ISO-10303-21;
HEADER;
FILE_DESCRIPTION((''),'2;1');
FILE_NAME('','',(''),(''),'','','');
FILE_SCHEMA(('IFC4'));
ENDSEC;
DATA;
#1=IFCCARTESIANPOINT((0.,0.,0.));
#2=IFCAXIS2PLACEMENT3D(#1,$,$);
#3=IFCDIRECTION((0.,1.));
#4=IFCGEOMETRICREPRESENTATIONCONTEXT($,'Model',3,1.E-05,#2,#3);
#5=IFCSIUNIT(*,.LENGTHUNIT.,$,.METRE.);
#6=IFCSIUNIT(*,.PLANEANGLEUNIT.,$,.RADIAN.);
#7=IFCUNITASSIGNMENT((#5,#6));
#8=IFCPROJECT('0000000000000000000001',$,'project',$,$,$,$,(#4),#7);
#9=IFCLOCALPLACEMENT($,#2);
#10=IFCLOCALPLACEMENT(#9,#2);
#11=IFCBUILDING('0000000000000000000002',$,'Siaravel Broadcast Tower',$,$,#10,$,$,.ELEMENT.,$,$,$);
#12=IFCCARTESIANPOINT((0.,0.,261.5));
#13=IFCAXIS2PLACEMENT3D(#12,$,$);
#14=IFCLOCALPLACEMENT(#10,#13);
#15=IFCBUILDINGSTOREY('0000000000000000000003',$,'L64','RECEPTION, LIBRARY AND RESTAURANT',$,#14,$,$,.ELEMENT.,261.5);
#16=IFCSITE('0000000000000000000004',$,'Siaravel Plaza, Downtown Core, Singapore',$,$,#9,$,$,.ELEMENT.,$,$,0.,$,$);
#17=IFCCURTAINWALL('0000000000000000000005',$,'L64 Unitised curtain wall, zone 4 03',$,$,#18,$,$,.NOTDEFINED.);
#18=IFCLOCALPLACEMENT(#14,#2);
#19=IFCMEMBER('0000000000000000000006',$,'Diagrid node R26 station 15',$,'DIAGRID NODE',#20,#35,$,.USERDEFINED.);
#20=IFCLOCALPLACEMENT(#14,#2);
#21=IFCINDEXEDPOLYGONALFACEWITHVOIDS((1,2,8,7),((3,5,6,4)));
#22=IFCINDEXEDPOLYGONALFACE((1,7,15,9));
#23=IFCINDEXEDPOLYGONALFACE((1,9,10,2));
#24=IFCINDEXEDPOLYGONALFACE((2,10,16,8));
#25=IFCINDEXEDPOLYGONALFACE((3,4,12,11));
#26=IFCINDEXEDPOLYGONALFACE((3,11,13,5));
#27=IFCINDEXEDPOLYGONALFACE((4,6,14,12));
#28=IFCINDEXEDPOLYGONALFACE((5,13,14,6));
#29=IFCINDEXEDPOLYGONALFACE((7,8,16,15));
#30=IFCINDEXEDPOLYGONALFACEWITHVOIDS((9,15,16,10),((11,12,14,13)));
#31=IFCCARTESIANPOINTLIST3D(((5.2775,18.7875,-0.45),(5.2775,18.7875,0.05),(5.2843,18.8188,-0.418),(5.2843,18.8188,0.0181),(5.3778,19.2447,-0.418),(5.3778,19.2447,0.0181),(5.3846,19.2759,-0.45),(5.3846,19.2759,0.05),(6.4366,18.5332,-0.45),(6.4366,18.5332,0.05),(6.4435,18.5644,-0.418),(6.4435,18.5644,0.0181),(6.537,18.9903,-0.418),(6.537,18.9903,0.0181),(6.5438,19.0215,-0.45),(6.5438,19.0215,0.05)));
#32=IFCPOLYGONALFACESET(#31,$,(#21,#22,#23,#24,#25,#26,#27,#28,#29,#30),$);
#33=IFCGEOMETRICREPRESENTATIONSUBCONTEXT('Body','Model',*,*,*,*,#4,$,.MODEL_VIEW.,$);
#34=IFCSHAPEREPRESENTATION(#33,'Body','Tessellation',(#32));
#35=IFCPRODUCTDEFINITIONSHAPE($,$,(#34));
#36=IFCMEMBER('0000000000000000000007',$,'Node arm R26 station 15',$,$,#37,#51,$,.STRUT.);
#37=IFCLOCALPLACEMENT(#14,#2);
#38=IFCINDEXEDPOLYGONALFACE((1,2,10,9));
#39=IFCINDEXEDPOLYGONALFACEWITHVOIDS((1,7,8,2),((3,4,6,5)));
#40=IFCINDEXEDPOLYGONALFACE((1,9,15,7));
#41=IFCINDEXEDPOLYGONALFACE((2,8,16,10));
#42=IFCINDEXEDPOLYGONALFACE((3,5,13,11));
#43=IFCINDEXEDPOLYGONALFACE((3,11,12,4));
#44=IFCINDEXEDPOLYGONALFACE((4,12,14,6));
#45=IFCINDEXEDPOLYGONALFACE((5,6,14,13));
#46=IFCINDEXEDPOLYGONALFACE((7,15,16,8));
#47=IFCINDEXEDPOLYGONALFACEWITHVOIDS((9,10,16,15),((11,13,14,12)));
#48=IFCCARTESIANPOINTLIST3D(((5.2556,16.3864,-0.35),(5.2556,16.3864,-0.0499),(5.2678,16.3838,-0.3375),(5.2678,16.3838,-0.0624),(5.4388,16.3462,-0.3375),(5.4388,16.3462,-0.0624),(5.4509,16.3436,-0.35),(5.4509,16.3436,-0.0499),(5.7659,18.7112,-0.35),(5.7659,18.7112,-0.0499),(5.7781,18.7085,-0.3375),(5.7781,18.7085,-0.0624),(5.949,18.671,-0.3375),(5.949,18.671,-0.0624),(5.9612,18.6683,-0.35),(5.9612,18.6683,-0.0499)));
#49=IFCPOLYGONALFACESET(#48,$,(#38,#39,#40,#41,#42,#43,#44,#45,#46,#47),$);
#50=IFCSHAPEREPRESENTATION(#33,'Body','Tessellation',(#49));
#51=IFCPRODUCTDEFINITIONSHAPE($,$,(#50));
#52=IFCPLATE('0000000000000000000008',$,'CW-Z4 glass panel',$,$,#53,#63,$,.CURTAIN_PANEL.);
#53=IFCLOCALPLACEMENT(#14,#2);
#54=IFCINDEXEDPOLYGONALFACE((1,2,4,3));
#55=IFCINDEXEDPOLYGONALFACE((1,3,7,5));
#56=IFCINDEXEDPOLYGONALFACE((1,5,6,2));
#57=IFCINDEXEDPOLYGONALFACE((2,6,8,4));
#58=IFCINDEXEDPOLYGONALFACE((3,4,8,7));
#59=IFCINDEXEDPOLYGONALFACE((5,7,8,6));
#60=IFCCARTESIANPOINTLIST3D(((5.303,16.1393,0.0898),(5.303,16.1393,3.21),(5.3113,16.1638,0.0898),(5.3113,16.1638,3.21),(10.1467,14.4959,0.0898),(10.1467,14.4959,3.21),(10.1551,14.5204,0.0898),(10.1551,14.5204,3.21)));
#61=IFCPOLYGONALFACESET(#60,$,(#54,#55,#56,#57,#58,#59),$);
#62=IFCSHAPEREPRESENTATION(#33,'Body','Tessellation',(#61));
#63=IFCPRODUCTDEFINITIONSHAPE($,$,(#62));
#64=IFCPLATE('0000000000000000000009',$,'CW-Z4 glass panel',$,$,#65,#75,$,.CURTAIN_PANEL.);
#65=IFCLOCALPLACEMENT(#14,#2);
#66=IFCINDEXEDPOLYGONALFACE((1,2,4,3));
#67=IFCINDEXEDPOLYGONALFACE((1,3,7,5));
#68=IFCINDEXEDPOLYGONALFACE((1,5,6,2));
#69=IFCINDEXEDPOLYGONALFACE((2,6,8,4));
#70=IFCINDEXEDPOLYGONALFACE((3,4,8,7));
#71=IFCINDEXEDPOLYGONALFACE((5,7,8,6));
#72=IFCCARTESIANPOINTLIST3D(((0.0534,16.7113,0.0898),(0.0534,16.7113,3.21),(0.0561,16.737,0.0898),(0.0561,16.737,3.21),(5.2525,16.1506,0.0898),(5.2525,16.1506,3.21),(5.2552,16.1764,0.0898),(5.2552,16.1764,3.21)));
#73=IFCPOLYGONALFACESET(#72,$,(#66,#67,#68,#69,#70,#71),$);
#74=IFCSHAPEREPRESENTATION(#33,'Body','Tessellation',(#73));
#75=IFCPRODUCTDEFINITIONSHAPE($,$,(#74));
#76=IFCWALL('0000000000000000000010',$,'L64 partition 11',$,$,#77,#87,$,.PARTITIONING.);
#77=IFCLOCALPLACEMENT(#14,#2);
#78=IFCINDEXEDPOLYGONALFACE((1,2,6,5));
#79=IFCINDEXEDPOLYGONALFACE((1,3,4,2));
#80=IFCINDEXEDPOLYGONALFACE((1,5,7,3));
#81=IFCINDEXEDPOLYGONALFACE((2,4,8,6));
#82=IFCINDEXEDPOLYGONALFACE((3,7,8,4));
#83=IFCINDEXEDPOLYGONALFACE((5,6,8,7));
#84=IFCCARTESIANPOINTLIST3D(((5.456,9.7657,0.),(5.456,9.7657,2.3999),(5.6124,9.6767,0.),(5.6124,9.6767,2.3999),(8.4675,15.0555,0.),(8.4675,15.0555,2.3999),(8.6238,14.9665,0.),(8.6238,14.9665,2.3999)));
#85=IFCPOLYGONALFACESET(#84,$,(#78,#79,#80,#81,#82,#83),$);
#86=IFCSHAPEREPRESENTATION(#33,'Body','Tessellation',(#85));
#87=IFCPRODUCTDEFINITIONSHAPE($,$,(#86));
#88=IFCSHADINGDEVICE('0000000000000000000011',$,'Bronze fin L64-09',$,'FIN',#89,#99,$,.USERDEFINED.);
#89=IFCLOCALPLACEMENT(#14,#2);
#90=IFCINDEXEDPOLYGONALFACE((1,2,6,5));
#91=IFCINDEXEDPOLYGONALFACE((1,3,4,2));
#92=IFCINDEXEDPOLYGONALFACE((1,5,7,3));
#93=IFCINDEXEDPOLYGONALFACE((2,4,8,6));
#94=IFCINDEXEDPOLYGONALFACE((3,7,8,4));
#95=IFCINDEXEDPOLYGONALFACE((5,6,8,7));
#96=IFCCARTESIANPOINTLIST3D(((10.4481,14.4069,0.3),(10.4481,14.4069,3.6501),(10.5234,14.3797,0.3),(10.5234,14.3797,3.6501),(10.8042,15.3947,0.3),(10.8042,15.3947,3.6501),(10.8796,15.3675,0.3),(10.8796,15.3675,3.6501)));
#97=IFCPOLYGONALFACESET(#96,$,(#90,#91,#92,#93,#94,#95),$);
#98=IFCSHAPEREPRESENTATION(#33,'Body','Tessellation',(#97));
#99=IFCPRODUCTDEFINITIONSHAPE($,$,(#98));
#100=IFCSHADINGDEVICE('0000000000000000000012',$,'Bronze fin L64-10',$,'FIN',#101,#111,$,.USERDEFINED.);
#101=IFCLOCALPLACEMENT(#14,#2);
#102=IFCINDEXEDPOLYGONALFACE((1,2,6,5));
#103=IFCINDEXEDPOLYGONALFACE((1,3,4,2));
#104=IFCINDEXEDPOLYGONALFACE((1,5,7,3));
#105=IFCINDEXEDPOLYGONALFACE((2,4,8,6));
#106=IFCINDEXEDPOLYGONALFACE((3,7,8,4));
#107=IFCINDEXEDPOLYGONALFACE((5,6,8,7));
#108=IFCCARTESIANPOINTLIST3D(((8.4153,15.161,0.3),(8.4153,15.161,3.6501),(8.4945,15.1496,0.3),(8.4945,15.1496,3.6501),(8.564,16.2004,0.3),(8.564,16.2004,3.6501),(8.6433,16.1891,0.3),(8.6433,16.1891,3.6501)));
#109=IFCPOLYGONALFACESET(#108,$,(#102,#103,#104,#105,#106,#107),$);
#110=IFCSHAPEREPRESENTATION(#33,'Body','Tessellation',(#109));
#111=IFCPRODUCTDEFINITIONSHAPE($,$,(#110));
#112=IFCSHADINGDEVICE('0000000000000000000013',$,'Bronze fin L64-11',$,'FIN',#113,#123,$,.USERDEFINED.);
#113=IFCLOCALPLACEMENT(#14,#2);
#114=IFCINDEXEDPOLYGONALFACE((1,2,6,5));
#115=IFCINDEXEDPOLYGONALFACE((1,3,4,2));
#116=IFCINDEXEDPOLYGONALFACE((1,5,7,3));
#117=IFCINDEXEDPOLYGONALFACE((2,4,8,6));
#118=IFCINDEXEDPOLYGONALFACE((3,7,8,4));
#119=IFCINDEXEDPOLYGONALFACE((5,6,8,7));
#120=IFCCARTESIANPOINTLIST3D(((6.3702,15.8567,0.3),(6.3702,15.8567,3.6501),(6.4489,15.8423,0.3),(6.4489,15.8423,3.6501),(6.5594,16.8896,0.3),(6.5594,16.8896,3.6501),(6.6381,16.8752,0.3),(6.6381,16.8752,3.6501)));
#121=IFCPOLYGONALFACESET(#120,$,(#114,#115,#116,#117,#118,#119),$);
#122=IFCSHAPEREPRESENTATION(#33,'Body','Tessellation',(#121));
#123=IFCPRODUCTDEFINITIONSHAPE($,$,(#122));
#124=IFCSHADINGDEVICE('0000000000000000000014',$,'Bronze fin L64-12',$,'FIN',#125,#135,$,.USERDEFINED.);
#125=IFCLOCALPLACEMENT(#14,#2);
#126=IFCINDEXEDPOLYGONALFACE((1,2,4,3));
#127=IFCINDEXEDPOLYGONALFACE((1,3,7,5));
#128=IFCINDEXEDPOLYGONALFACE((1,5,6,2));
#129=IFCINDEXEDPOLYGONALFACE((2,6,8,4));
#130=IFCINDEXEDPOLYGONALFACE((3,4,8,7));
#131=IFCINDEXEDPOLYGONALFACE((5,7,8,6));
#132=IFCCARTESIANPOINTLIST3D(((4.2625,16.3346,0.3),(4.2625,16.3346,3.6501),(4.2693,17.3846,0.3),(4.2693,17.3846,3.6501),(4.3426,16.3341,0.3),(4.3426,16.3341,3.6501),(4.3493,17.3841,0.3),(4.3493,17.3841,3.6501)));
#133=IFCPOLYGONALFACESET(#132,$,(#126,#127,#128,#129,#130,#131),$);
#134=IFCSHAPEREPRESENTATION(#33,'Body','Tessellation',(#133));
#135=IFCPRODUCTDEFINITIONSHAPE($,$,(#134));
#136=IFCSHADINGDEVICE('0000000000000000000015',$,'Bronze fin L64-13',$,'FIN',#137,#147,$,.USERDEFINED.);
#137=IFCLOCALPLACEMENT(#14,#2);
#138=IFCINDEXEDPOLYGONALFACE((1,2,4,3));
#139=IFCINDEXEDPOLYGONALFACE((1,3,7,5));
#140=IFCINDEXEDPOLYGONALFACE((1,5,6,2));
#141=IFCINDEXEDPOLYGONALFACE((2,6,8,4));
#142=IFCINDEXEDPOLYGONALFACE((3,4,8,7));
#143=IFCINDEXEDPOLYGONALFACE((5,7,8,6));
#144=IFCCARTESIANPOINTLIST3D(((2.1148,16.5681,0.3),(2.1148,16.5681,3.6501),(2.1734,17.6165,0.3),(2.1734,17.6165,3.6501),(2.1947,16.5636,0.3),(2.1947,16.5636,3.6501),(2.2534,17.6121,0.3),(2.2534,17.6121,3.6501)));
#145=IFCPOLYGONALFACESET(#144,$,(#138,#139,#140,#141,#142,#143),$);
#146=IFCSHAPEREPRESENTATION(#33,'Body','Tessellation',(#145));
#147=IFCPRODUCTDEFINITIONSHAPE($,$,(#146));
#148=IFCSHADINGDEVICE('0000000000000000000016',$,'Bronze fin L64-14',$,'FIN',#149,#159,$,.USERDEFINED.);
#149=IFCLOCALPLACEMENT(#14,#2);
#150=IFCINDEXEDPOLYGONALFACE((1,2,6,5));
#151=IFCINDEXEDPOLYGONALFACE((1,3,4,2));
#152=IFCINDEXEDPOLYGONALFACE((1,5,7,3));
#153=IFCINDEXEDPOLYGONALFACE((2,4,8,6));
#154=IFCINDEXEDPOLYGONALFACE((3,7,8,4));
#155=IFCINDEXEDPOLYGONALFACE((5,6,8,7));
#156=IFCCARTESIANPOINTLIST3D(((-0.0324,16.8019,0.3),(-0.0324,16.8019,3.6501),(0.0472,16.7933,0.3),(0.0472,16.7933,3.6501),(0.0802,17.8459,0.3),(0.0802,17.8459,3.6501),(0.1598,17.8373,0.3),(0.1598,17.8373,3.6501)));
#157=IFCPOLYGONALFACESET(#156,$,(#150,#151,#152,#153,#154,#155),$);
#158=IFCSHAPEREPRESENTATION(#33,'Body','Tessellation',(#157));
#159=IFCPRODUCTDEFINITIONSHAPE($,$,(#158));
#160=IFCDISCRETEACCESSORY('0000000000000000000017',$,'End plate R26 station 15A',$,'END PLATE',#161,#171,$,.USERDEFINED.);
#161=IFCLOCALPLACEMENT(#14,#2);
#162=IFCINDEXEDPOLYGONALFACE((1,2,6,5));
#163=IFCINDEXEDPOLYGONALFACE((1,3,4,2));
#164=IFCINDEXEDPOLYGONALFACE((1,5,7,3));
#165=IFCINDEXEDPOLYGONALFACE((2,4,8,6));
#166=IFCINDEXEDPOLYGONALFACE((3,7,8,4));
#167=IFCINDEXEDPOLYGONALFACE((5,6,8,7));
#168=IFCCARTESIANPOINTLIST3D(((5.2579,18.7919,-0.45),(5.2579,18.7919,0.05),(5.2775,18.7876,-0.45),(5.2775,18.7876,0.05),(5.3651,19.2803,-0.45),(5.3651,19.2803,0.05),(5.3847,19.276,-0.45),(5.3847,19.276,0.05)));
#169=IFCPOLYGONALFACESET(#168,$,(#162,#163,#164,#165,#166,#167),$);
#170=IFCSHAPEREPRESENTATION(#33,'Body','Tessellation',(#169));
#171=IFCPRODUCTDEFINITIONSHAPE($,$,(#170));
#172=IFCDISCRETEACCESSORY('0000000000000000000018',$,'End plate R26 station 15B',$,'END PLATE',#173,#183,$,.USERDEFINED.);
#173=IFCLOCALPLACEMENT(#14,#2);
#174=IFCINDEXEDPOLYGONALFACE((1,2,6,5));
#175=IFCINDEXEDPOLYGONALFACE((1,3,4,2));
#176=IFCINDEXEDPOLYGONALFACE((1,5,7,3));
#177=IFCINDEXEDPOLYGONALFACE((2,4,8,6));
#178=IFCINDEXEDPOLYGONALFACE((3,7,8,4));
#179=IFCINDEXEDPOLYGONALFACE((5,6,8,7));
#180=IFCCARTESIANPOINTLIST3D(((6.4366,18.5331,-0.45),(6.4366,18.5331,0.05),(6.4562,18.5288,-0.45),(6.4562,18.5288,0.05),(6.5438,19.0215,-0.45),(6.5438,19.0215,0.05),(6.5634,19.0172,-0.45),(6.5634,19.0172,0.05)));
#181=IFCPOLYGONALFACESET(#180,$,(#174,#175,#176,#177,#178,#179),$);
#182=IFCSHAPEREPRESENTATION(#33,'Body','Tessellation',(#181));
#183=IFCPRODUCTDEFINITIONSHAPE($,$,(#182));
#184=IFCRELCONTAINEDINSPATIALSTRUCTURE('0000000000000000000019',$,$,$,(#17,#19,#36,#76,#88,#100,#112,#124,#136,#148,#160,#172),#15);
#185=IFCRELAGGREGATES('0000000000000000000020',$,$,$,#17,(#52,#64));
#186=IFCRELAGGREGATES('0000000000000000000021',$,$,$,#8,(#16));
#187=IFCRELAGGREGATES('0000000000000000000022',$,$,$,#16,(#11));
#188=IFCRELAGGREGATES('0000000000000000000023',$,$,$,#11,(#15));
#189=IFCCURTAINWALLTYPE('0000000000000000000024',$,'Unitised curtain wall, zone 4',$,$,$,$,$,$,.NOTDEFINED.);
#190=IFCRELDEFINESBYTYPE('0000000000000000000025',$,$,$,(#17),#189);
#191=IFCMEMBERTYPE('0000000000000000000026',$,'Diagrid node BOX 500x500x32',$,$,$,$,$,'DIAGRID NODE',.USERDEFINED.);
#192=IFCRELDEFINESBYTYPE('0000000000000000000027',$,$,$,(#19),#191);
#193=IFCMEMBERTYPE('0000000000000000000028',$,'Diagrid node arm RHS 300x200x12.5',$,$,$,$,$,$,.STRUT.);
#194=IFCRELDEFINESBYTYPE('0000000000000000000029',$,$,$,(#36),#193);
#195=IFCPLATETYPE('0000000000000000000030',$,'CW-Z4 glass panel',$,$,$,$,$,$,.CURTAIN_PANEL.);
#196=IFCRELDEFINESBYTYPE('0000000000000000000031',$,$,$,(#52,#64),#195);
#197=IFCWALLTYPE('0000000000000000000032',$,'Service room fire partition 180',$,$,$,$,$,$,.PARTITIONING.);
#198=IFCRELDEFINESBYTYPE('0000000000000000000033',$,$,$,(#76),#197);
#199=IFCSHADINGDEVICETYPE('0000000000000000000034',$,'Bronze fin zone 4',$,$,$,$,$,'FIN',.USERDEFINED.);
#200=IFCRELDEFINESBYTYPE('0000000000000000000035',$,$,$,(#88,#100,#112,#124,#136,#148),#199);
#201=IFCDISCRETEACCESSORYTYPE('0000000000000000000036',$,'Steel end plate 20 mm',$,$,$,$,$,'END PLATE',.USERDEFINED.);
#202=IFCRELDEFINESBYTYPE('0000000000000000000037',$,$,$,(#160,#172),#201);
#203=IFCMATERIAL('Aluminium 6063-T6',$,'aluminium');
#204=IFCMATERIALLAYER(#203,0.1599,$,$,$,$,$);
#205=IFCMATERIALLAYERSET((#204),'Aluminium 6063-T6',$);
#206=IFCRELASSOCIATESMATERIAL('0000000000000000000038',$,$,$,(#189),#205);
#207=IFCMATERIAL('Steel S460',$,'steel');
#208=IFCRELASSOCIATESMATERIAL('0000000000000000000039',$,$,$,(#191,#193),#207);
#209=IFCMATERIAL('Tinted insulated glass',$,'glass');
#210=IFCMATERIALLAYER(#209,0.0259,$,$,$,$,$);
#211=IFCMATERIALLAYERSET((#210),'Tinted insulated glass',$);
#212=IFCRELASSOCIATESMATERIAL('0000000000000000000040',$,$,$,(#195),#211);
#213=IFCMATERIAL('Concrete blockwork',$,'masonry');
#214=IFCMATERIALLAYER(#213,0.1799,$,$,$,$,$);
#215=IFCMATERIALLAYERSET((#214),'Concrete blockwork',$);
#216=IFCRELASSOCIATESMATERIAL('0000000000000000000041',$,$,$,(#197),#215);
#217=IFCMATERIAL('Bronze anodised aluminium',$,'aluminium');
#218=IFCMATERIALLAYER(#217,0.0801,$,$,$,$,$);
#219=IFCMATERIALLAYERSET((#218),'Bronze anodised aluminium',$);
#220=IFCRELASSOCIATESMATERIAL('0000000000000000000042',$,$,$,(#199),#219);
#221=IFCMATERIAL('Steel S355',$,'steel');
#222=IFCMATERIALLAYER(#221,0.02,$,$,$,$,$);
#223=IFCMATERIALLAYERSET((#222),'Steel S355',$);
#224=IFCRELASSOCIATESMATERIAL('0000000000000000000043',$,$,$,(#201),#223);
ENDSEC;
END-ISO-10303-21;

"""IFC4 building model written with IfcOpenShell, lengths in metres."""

from ifc_helpers import new_model, si_unit, direction, frame, frame_2d, origin, origin_2d, place, context, subcontext, project, spatial, rectangle, hollow_rectangle, extrude, material, layer, layer_set, material_profile, profile_set, type_object, element, aggregate, save


model = new_model("IFC4")

# Units and contexts
model_context = context("Model", 3, precision=1e-05, world=origin(), true_north=direction((0.0, 1.0)))
body_context = subcontext(model_context, "Body", "Model", "MODEL_VIEW")
ifc_project = project(units=[si_unit("LENGTHUNIT", "METRE"), si_unit("PLANEANGLEUNIT", "RADIAN")], contexts=[model_context])

# Site, building, storey
site_placement = place(None, origin())
site = spatial("IfcSite", under=ifc_project, at=site_placement, Name="Siaravel Plaza, Downtown Core, Singapore", CompositionType="ELEMENT", RefElevation=0.0)
building_placement = place(site_placement, origin())
building = spatial("IfcBuilding", under=site, at=building_placement, Name="Siaravel Broadcast Tower", CompositionType="ELEMENT")
storey_placement = place(building_placement, frame((0.0, 0.0, 261.5)))
storey = spatial("IfcBuildingStorey", under=building, at=storey_placement, Name="L64", Description="RECEPTION, LIBRARY AND RESTAURANT", CompositionType="ELEMENT", Elevation=261.5)

# Shared definitions
ifc_material_1 = material(Name="Steel S355", Category="steel")

# Curtain wall
ifc_material_2 = material(Name="Aluminium 6063-T6", Category="aluminium")
ifc_layer_1 = layer(ifc_material_2, 0.1599)
ifc_layer_set_1 = layer_set([ifc_layer_1], Name="Aluminium 6063-T6")
curtain_wall_type = type_object("IfcCurtainWallType", Name="Unitised curtain wall, zone 4", PredefinedType="NOTDEFINED", material=ifc_layer_set_1)
curtain_wall_placement = place(storey_placement, origin())
curtain_wall = element("IfcCurtainWall", 1, at=curtain_wall_placement, inside=storey, type_object=curtain_wall_type, Name="L64 Unitised curtain wall, zone 4 03", PredefinedType="NOTDEFINED")

# Members
ifc_material_3 = material(Name="Steel S460", Category="steel")
ifc_material_profile_1 = material_profile(ifc_material_3, hollow_rectangle(XDim=0.5, YDim=0.5, WallThickness=0.032, at=origin_2d()))
ifc_profile_set_1 = profile_set([ifc_material_profile_1], Name="Steel S460")
member_type_1 = type_object("IfcMemberType", Name="Diagrid node BOX 500x500x32", ElementType="DIAGRID NODE", PredefinedType="USERDEFINED", material=ifc_profile_set_1)
member_1_placement = place(storey_placement, frame((6.4902, 18.7773, -0.2), z_axis=(-0.976755, 0.214359, 0.0), x_axis=(-0.214359, -0.976755, 0.0)))
element("IfcMember", 2, at=member_1_placement, inside=storey, type_object=member_type_1, Name="Diagrid node R26 station 15", ObjectType="DIAGRID NODE", PredefinedType="USERDEFINED", context=body_context, shape_type="SweptSolid", body=[
    extrude(hollow_rectangle(XDim=0.5, YDim=0.5, WallThickness=0.032, at=origin_2d()), origin(), (0.0, 0.0, 1.0), 1.1868),
])
ifc_material_profile_2 = material_profile(ifc_material_3, hollow_rectangle(XDim=0.2, YDim=0.3, WallThickness=0.0125, at=origin_2d()))
ifc_profile_set_2 = profile_set([ifc_material_profile_2], Name="Steel S460")
member_type_2 = type_object("IfcMemberType", Name="Diagrid node arm RHS 300x200x12.5", PredefinedType="STRUT", material=ifc_profile_set_2)
member_2_placement = place(storey_placement, frame((5.3533, 16.365, -0.2), z_axis=(0.214388, 0.976749, 0.0), x_axis=(-0.976749, 0.214388, 0.0)))
element("IfcMember", 3, at=member_2_placement, inside=storey, type_object=member_type_2, Name="Node arm R26 station 15", PredefinedType="STRUT", context=body_context, shape_type="SweptSolid", body=[
    extrude(hollow_rectangle(XDim=0.2, YDim=0.3, WallThickness=0.0125, at=origin_2d()), origin(), (0.0, 0.0, 1.0), 2.3801),
])

# Plates
ifc_material_4 = material(Name="Tinted insulated glass", Category="glass")
ifc_layer_2 = layer(ifc_material_4, 0.0259)
ifc_layer_set_2 = layer_set([ifc_layer_2], Name="Tinted insulated glass")
plate_type = type_object("IfcPlateType", Name="CW-Z4 glass panel", PredefinedType="CURTAIN_PANEL", material=ifc_layer_set_2)
plate_1_placement = place(storey_placement, frame((7.729, 15.3298, 0.0898), z_axis=(0.0, 0.0, 1.0), x_axis=(-0.946977, 0.321302, 0.0)))
plate_1 = element("IfcPlate", 4, at=plate_1_placement, type_object=plate_type, Name="CW-Z4 glass panel", PredefinedType="CURTAIN_PANEL", context=body_context, shape_type="SweptSolid", body=[
    extrude(rectangle(XDim=5.115, YDim=0.0259, at=origin_2d()), origin(), (0.0, 0.0, 1.0), 3.1201),
])
plate_2_placement = place(storey_placement, frame((2.6543, 16.4438, 0.0898), z_axis=(0.0, 0.0, 1.0), x_axis=(-0.994236, 0.107218, 0.0)))
plate_2 = element("IfcPlate", 5, at=plate_2_placement, type_object=plate_type, Name="CW-Z4 glass panel", PredefinedType="CURTAIN_PANEL", context=body_context, shape_type="SweptSolid", body=[
    extrude(rectangle(XDim=5.2292, YDim=0.0259, at=origin_2d()), origin(), (0.0, 0.0, 1.0), 3.1201),
])
aggregate(curtain_wall, [plate_1, plate_2])

# Wall
ifc_material_5 = material(Name="Concrete blockwork", Category="masonry")
ifc_layer_3 = layer(ifc_material_5, 0.1799)
ifc_layer_set_3 = layer_set([ifc_layer_3], Name="Concrete blockwork")
wall_type = type_object("IfcWallType", Name="Service room fire partition 180", PredefinedType="PARTITIONING", material=ifc_layer_set_3)
wall_placement = place(storey_placement, frame((8.5457, 15.011, 0.0), z_axis=(0.0, 0.0, 1.0), x_axis=(-0.494743, -0.869039, 0.0)))
element("IfcWall", 6, at=wall_placement, inside=storey, type_object=wall_type, Name="L64 partition 11", PredefinedType="PARTITIONING", context=body_context, shape_type="SweptSolid", body=[
    extrude(rectangle(XDim=6.0869, YDim=0.1799, at=frame_2d((3.0435, 0.0))), origin(), (0.0, 0.0, 1.0), 2.3999),
])

# Shading devices
ifc_material_6 = material(Name="Bronze anodised aluminium", Category="aluminium")
ifc_layer_4 = layer(ifc_material_6, 0.0801)
ifc_layer_set_4 = layer_set([ifc_layer_4], Name="Bronze anodised aluminium")
shading_device_type = type_object("IfcShadingDeviceType", Name="Bronze fin zone 4", ElementType="FIN", PredefinedType="USERDEFINED", material=ifc_layer_set_4)
for number, where, z_axis, x_axis, name in (
    (7, (10.6638, 14.8872, 0.3), (0.0, 0.0, 1.0), (0.339173, 0.940724, 0.0), "Bronze fin L64-09"),
    (8, (8.5293, 15.675, 0.3), (0.0, 0.0, 1.0), (0.141682, 0.989912, 0.0), "Bronze fin L64-10"),
    (9, (6.5042, 16.366, 0.3), (0.0, 0.0, 1.0), (0.180166, 0.983636, 0.0), "Bronze fin L64-11"),
    (10, (4.3059, 16.8594, 0.3), (0.0, 0.0, 1.0), (0.006451, 0.999979, 0.0), "Bronze fin L64-12"),
    (11, (2.1841, 17.0901, 0.3), (0.0, 0.0, 1.0), (0.055874, 0.998438, 0.0), "Bronze fin L64-13"),
    (12, (0.0637, 17.3196, 0.3), (0.0, 0.0, 1.0), (0.107219, 0.994235, 0.0), "Bronze fin L64-14"),
):
    element("IfcShadingDevice", number, at=place(storey_placement, frame(where, z_axis=z_axis, x_axis=x_axis)), inside=storey, type_object=shading_device_type, Name=name, ObjectType="FIN", PredefinedType="USERDEFINED", context=body_context, shape_type="SweptSolid", body=[
        extrude(rectangle(XDim=1.05, YDim=0.0801, at=origin_2d()), origin(), (0.0, 0.0, 1.0), 3.3501),
    ])

# Discrete accessories
ifc_layer_5 = layer(ifc_material_1, 0.02)
ifc_layer_set_5 = layer_set([ifc_layer_5], Name="Steel S355")
discrete_accessory_type = type_object("IfcDiscreteAccessoryType", Name="Steel end plate 20 mm", ElementType="END PLATE", PredefinedType="USERDEFINED", material=ifc_layer_set_5)
for number, where, z_axis, x_axis, name in (
    (13, (5.3213, 19.0339, -0.45), (0.0, 0.0, 1.0), (-0.976751, 0.214377, 0.0), "End plate R26 station 15A"),
    (14, (6.5, 18.7751, -0.45), (0.0, 0.0, 1.0), (-0.976751, 0.214377, 0.0), "End plate R26 station 15B"),
):
    element("IfcDiscreteAccessory", number, at=place(storey_placement, frame(where, z_axis=z_axis, x_axis=x_axis)), inside=storey, type_object=discrete_accessory_type, Name=name, ObjectType="END PLATE", PredefinedType="USERDEFINED", context=body_context, shape_type="SweptSolid", body=[
        extrude(rectangle(XDim=0.02, YDim=0.5, at=origin_2d()), origin(), (0.0, 0.0, 1.0), 0.5),
    ])

save(model, "model.ifc")
